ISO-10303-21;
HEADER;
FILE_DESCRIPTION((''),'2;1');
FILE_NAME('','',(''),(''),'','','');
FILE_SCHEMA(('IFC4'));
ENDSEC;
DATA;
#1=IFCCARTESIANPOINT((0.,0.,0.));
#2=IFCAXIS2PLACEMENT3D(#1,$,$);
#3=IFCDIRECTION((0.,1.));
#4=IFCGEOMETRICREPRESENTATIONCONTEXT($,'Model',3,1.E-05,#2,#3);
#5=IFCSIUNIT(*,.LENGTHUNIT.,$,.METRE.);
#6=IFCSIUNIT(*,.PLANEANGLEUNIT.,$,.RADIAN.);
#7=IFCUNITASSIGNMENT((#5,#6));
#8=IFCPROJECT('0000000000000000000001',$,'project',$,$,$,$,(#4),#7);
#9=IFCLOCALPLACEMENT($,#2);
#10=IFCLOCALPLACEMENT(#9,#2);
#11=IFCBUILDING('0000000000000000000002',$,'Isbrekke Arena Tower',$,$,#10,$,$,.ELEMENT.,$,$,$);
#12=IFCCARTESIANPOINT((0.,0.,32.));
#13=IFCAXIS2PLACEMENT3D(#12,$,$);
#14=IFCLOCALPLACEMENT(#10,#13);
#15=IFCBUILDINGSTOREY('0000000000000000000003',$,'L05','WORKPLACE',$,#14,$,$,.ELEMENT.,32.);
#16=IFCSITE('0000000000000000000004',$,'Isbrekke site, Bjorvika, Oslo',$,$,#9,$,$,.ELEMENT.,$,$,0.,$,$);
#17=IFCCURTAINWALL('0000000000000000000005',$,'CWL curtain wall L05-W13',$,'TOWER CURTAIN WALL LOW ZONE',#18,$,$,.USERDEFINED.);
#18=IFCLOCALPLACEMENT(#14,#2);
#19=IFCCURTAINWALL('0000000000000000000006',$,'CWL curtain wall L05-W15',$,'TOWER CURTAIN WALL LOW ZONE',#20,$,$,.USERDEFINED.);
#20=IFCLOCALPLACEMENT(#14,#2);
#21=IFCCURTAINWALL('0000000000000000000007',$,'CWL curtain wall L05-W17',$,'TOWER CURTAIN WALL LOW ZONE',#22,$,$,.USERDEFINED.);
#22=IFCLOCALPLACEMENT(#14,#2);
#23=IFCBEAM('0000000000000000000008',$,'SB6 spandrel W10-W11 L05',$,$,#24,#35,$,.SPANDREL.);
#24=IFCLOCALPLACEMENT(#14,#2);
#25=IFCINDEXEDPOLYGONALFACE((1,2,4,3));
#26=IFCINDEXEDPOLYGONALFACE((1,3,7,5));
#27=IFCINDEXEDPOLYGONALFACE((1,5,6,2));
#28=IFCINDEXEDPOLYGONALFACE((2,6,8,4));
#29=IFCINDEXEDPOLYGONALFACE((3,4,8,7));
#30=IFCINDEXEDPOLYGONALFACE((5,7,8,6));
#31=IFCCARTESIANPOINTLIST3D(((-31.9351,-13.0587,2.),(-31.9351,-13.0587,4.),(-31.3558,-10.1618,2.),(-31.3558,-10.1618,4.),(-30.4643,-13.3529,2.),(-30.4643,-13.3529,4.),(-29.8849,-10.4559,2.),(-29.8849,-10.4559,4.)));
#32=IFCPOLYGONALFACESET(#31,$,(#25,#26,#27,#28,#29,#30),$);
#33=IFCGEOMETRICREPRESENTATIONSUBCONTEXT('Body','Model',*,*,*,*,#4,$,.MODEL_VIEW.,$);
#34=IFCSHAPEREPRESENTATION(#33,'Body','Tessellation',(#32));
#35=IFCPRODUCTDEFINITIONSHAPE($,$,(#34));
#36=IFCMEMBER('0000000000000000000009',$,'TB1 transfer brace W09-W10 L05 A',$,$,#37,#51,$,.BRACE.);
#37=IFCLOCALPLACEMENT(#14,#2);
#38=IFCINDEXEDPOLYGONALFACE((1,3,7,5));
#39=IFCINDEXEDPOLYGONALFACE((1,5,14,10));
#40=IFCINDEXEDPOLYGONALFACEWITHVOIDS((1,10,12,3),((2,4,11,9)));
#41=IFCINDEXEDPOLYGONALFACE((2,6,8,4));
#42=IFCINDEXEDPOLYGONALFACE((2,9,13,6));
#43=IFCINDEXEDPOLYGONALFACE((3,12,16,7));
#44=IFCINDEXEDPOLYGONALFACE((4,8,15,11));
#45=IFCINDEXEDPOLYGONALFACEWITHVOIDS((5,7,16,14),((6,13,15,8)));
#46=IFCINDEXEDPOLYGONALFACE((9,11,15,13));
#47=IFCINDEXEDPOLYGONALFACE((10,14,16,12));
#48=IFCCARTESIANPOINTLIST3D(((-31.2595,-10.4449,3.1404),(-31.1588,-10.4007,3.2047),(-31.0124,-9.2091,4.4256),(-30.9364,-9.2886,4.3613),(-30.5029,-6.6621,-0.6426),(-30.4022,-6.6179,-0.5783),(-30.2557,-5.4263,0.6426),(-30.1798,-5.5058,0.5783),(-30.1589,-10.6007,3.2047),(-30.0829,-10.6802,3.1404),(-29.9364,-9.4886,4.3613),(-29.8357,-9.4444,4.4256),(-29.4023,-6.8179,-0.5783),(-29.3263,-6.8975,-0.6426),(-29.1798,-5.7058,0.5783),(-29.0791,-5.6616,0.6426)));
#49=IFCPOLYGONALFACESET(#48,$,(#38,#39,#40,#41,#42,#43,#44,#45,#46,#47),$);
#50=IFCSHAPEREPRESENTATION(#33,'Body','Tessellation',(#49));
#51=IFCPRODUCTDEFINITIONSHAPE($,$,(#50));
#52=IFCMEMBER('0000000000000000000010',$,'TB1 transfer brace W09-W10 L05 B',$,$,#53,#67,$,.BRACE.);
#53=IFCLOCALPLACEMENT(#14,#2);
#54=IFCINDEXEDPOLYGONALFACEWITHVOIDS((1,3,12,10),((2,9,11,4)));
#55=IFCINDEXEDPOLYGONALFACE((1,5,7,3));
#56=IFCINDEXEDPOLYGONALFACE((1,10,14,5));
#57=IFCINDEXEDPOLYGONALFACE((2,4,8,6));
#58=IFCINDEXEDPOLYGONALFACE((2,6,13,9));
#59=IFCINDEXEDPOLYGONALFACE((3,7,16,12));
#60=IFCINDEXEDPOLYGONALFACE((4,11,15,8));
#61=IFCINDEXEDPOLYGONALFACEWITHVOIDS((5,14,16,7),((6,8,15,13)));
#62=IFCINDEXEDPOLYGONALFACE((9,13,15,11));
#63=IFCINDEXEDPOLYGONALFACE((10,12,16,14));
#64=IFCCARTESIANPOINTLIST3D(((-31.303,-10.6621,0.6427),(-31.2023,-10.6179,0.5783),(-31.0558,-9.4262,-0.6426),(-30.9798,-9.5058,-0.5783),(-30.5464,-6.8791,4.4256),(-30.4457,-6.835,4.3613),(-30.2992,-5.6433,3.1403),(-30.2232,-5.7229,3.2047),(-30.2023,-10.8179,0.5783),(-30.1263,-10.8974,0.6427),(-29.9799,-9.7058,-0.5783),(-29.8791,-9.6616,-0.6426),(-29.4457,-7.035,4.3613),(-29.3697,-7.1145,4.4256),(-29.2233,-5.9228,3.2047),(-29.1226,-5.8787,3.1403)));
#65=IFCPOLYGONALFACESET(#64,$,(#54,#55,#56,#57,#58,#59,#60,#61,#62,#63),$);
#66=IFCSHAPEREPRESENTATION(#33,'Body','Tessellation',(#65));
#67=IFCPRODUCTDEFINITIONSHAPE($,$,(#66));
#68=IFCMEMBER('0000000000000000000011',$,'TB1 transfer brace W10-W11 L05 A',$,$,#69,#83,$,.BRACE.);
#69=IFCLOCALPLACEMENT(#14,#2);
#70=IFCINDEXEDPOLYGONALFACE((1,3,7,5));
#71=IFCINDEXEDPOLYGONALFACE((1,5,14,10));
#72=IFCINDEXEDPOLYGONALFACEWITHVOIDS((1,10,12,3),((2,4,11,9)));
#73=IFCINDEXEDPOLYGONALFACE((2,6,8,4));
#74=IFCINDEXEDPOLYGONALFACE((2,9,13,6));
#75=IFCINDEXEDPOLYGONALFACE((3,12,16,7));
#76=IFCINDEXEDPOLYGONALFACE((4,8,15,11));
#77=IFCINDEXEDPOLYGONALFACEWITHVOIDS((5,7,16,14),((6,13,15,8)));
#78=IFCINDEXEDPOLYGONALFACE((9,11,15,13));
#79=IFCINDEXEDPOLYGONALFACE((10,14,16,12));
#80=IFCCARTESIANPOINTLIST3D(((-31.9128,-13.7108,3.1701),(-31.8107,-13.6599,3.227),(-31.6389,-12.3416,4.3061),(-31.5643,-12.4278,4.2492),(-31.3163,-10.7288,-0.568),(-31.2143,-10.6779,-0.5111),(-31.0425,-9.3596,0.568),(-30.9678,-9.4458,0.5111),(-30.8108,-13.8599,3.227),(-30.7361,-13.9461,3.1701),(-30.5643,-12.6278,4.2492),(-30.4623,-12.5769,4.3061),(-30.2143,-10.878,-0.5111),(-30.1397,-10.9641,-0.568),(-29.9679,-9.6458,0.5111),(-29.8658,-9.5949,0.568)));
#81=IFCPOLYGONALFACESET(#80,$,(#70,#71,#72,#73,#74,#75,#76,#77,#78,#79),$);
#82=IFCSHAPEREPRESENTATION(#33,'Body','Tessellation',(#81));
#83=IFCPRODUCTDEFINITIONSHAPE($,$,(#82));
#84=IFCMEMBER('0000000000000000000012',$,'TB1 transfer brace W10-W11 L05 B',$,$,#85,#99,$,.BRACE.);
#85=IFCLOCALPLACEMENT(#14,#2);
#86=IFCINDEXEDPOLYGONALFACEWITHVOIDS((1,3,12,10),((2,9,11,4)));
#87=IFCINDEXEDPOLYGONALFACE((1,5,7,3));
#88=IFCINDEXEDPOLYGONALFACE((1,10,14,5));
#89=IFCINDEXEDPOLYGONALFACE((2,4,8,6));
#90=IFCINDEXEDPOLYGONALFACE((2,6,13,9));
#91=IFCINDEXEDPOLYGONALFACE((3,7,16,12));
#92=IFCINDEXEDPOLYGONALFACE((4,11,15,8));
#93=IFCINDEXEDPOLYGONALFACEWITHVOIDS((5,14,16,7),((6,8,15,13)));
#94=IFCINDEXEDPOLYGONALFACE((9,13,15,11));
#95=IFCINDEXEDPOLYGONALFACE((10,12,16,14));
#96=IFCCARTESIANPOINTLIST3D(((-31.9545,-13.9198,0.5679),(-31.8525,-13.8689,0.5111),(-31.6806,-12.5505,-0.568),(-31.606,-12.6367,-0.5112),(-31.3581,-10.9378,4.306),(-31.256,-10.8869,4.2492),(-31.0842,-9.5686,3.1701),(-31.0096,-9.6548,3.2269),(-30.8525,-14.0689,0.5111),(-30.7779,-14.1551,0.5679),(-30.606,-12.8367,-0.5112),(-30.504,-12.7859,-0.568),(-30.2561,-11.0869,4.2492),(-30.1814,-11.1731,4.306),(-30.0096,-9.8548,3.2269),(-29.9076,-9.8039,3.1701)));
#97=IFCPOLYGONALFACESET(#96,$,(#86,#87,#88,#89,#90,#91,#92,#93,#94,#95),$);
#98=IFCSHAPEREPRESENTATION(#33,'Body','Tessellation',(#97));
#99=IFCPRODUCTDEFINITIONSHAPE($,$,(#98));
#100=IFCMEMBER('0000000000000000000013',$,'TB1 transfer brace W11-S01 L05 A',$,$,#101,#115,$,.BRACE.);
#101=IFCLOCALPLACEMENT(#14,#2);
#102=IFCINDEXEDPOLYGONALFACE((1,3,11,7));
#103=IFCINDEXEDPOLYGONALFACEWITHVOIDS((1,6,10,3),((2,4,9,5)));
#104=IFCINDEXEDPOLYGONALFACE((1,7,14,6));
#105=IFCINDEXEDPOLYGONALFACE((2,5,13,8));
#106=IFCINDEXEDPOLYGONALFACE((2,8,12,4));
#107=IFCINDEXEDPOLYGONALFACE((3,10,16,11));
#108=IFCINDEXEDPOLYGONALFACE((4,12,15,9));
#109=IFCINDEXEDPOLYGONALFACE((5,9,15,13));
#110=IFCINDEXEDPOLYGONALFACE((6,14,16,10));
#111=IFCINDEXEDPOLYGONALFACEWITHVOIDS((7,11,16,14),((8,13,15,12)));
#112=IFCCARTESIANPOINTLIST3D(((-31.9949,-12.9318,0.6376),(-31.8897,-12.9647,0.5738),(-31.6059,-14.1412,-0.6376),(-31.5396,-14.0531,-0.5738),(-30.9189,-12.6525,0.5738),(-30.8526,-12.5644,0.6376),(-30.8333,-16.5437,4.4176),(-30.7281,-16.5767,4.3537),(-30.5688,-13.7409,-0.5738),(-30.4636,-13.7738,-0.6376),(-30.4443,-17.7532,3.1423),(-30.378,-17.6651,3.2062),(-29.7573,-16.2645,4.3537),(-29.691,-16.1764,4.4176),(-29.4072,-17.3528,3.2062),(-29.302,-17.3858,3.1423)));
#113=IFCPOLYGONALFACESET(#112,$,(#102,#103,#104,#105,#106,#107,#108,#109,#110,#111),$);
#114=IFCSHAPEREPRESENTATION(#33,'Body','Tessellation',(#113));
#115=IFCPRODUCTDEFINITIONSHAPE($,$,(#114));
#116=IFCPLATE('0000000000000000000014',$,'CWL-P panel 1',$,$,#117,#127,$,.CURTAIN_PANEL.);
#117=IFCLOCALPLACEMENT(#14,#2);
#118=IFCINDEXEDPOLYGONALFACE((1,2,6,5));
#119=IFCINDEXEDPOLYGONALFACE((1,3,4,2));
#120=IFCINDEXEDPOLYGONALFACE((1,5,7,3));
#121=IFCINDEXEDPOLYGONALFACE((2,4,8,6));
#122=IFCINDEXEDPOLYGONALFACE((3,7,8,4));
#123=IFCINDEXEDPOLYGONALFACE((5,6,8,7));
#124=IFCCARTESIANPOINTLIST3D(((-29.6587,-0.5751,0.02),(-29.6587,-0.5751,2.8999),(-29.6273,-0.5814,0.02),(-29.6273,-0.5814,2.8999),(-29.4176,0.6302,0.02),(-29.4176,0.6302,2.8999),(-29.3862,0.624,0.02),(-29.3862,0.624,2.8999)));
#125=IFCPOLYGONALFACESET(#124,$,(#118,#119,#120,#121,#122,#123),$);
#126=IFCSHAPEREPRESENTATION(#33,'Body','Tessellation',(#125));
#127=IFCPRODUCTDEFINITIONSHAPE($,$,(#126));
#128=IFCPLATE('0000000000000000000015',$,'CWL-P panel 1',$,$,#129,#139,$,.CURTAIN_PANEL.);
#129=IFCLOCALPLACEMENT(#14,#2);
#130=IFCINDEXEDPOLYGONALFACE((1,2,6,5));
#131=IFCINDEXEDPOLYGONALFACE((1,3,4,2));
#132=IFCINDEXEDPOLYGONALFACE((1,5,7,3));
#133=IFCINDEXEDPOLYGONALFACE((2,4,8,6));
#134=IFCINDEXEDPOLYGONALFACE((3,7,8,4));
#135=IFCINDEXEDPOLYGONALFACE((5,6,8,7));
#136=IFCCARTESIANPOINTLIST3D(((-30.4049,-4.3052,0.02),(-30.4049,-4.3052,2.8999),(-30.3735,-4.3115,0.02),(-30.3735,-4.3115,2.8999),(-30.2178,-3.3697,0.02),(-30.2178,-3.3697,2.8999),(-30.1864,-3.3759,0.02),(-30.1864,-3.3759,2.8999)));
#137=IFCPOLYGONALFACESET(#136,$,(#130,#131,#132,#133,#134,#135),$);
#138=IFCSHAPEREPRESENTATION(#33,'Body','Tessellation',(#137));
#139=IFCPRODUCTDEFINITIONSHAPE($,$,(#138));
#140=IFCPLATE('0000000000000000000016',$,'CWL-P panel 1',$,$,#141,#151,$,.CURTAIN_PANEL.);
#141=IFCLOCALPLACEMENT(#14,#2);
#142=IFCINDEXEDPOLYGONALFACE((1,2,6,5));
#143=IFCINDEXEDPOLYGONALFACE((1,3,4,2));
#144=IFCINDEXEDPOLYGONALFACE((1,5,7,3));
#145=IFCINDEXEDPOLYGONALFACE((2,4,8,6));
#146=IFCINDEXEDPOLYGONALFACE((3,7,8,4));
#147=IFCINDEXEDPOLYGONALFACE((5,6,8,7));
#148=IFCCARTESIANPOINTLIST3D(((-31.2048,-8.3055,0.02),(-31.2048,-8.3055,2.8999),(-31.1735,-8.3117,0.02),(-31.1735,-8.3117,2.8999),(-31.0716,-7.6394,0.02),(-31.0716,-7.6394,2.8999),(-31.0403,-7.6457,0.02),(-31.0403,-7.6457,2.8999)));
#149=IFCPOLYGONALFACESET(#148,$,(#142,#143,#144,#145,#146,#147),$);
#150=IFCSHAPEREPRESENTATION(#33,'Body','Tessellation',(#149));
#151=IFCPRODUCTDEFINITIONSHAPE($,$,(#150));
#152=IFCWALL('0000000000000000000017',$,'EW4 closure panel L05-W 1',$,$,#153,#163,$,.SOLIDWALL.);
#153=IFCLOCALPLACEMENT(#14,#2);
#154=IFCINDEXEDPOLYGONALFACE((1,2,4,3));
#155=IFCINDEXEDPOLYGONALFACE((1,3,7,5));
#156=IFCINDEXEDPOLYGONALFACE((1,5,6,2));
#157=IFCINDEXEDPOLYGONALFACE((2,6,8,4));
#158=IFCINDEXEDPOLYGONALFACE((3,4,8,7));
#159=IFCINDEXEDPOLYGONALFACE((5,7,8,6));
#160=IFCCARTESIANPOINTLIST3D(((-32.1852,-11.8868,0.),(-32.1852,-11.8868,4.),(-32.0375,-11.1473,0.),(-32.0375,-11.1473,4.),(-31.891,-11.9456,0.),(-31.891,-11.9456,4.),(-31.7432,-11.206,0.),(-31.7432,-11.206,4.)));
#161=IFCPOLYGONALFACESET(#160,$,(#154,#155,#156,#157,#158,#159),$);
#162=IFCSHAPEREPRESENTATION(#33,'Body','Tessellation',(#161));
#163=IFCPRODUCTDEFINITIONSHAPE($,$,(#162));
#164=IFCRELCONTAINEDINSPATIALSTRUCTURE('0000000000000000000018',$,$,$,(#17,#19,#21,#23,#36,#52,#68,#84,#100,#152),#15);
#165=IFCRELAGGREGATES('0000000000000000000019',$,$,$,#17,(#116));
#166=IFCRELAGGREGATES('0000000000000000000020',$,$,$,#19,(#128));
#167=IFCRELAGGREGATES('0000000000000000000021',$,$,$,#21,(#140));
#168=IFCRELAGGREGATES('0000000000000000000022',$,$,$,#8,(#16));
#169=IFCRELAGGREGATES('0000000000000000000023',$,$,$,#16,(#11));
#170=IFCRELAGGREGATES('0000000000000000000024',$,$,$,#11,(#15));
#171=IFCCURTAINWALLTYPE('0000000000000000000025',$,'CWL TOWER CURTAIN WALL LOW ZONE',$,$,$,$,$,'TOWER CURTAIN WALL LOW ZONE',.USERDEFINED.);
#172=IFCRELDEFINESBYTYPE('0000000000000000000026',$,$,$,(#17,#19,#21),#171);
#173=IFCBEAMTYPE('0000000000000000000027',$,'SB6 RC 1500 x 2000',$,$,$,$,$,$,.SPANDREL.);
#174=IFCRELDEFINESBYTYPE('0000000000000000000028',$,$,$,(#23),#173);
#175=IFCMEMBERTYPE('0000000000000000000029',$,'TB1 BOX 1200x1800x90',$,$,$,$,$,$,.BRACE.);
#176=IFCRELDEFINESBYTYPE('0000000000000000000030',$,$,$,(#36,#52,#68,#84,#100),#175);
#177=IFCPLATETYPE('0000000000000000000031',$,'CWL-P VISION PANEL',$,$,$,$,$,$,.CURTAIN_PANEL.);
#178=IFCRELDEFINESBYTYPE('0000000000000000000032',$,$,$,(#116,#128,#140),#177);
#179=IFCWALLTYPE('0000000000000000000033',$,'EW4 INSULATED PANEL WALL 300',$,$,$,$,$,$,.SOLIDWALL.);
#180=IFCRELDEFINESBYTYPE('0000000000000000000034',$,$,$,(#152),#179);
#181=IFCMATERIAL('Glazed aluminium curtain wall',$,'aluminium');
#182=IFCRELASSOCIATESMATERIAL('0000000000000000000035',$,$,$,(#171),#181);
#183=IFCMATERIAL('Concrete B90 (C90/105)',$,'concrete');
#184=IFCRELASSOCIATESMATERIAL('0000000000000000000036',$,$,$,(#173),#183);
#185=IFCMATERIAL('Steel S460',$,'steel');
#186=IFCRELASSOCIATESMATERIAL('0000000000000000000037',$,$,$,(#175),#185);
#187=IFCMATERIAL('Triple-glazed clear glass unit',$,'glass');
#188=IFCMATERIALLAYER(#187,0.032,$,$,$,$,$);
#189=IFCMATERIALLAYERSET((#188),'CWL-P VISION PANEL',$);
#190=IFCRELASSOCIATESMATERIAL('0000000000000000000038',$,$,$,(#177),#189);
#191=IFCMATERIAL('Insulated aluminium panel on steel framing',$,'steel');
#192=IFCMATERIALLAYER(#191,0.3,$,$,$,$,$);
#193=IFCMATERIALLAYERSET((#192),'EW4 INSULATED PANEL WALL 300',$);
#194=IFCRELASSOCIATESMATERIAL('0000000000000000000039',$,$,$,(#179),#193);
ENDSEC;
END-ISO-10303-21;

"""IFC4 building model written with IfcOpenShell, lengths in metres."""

from ifc_helpers import new_model, si_unit, direction, frame, frame_2d, origin, origin_2d, place, context, subcontext, project, spatial, rectangle, hollow_rectangle, extrude, material, layer, layer_set, material_profile, profile_set, type_object, element, aggregate, save


model = new_model("IFC4")

# Units and contexts
model_context = context("Model", 3, precision=1e-05, world=origin(), true_north=direction((0.0, 1.0)))
body_context = subcontext(model_context, "Body", "Model", "MODEL_VIEW")
ifc_project = project(units=[si_unit("LENGTHUNIT", "METRE"), si_unit("PLANEANGLEUNIT", "RADIAN")], contexts=[model_context])

# Site, building, storey
site_placement = place(None, origin())
site = spatial("IfcSite", under=ifc_project, at=site_placement, Name="Isbrekke site, Bjorvika, Oslo", CompositionType="ELEMENT", RefElevation=0.0)
building_placement = place(site_placement, origin())
building = spatial("IfcBuilding", under=site, at=building_placement, Name="Isbrekke Arena Tower", CompositionType="ELEMENT")
storey_placement = place(building_placement, frame((0.0, 0.0, 32.0)))
storey = spatial("IfcBuildingStorey", under=building, at=storey_placement, Name="L05", Description="WORKPLACE", CompositionType="ELEMENT", Elevation=32.0)

# Curtain wall
ifc_material_1 = material(Name="Glazed aluminium curtain wall", Category="aluminium")
curtain_wall_type = type_object("IfcCurtainWallType", Name="CWL TOWER CURTAIN WALL LOW ZONE", ElementType="TOWER CURTAIN WALL LOW ZONE", PredefinedType="USERDEFINED", material=ifc_material_1)
curtain_wall_1_placement = place(storey_placement, origin())
curtain_wall_1 = element("IfcCurtainWall", 1, at=curtain_wall_1_placement, inside=storey, type_object=curtain_wall_type, Name="CWL curtain wall L05-W13", ObjectType="TOWER CURTAIN WALL LOW ZONE", PredefinedType="USERDEFINED")

# Curtain walls
curtain_wall_2_placement = place(storey_placement, origin())
curtain_wall_2 = element("IfcCurtainWall", 2, at=curtain_wall_2_placement, inside=storey, type_object=curtain_wall_type, Name="CWL curtain wall L05-W15", ObjectType="TOWER CURTAIN WALL LOW ZONE", PredefinedType="USERDEFINED")
curtain_wall_3_placement = place(storey_placement, origin())
curtain_wall_3 = element("IfcCurtainWall", 3, at=curtain_wall_3_placement, inside=storey, type_object=curtain_wall_type, Name="CWL curtain wall L05-W17", ObjectType="TOWER CURTAIN WALL LOW ZONE", PredefinedType="USERDEFINED")

# Beam
ifc_material_2 = material(Name="Concrete B90 (C90/105)", Category="concrete")
ifc_material_profile_1 = material_profile(ifc_material_2, rectangle(XDim=1.5, YDim=2.0, at=origin_2d()), Name="RC 1500x2000")
ifc_profile_set_1 = profile_set([ifc_material_profile_1], Name="Concrete B90 (C90/105)")
beam_type_1 = type_object("IfcBeamType", Name="SB6 RC 1500 x 2000", PredefinedType="SPANDREL", material=ifc_profile_set_1)
beam_1_placement = place(storey_placement, frame((-30.6204, -10.3088, 3.0), z_axis=(-0.1961, -0.980584, 0.0), x_axis=(0.980584, -0.1961, 0.0)))
element("IfcBeam", 4, at=beam_1_placement, inside=storey, type_object=beam_type_1, Name="SB6 spandrel W10-W11 L05", PredefinedType="SPANDREL", context=body_context, shape_type="SweptSolid", body=[
    extrude(rectangle(XDim=1.5, YDim=2.0, at=origin_2d()), origin(), (0.0, 0.0, 1.0), 2.9543),
])

# Members
ifc_material_3 = material(Name="Steel S460", Category="steel")
ifc_material_profile_2 = material_profile(ifc_material_3, hollow_rectangle(XDim=1.2, YDim=1.8, WallThickness=0.0901, at=origin_2d()), Name="BOX 1200x1800x90")
ifc_profile_set_2 = profile_set([ifc_material_profile_2], Name="Steel S460")
member_type_1 = type_object("IfcMemberType", Name="TB1 BOX 1200x1800x90", PredefinedType="BRACE", material=ifc_profile_set_2)
for number, where, z_axis, x_axis, name in (
    (5, (-29.791, -6.1619, 0.0), (-0.140032, -0.700117, 0.700162), (0.980578, -0.196128, 0.0), "TB1 transfer brace W09-W10 L05 A"),
    (6, (-29.8345, -6.3789, 3.783), (-0.140028, -0.70014, -0.70014), (0.980581, -0.196116, 0.0), "TB1 transfer brace W09-W10 L05 B"),
):
    element("IfcMember", number, at=place(storey_placement, frame(where, z_axis=z_axis, x_axis=x_axis)), inside=storey, type_object=member_type_1, Name=name, PredefinedType="BRACE", context=body_context, shape_type="SweptSolid", body=[
        extrude(hollow_rectangle(XDim=1.2, YDim=1.8, WallThickness=0.0901, at=origin_2d()), origin(), (0.0, 0.0, 1.0), 5.4031),
    ])
for number, where, z_axis, x_axis, name in (
    (7, (-30.5911, -10.1619, 0.0), (-0.123773, -0.618816, 0.775724), (0.980578, -0.196132, 0.0), "TB1 transfer brace W10-W11 L05 A"),
    (8, (-30.6328, -10.3708, 3.738), (-0.123773, -0.618816, -0.775724), (0.980578, -0.196132, 0.0), "TB1 transfer brace W10-W11 L05 B"),
):
    element("IfcMember", number, at=place(storey_placement, frame(where, z_axis=z_axis, x_axis=x_axis)), inside=storey, type_object=member_type_1, Name=name, PredefinedType="BRACE", context=body_context, shape_type="SweptSolid", body=[
        extrude(hollow_rectangle(XDim=1.2, YDim=1.8, WallThickness=0.0901, at=origin_2d()), origin(), (0.0, 0.0, 1.0), 4.8188),
    ])
member_1_placement = place(storey_placement, frame((-31.2292, -13.3528, 0.0), z_axis=(0.216889, -0.674416, 0.705778), x_axis=(0.951982, 0.306153, 0.0)))
element("IfcMember", 9, at=member_1_placement, inside=storey, type_object=member_type_1, Name="TB1 transfer brace W11-S01 L05 A", PredefinedType="BRACE", context=body_context, shape_type="SweptSolid", body=[
    extrude(hollow_rectangle(XDim=1.2, YDim=1.8, WallThickness=0.0901, at=origin_2d()), origin(), (0.0, 0.0, 1.0), 5.3557),
])

# Plates
ifc_material_4 = material(Name="Triple-glazed clear glass unit", Category="glass")
ifc_layer_1 = layer(ifc_material_4, 0.032)
ifc_layer_set_1 = layer_set([ifc_layer_1], Name="CWL-P VISION PANEL")
plate_type = type_object("IfcPlateType", Name="CWL-P VISION PANEL", PredefinedType="CURTAIN_PANEL", material=ifc_layer_set_1)
plate_1_placement = place(storey_placement, frame((-29.5225, 0.0244, 0.02), z_axis=(0.0, 0.0, 1.0), x_axis=(-0.196116, -0.980581, 0.0)))
plate_1 = element("IfcPlate", 10, at=plate_1_placement, type_object=plate_type, Name="CWL-P panel 1", PredefinedType="CURTAIN_PANEL", context=body_context, shape_type="SweptSolid", body=[
    extrude(rectangle(XDim=1.2292, YDim=0.032, at=origin_2d()), origin(), (0.0, 0.0, 1.0), 2.8799),
])
aggregate(curtain_wall_1, [plate_1])
plate_2_placement = place(storey_placement, frame((-30.2957, -3.8406, 0.02), z_axis=(0.0, 0.0, 1.0), x_axis=(-0.196116, -0.980581, 0.0)))
plate_2 = element("IfcPlate", 11, at=plate_2_placement, type_object=plate_type, Name="CWL-P panel 1", PredefinedType="CURTAIN_PANEL", context=body_context, shape_type="SweptSolid", body=[
    extrude(rectangle(XDim=0.9541, YDim=0.032, at=origin_2d()), origin(), (0.0, 0.0, 1.0), 2.8799),
])
aggregate(curtain_wall_2, [plate_2])
plate_3_placement = place(storey_placement, frame((-31.1226, -7.9756, 0.02), z_axis=(0.0, 0.0, 1.0), x_axis=(-0.196116, -0.980581, 0.0)))
plate_3 = element("IfcPlate", 12, at=plate_3_placement, type_object=plate_type, Name="CWL-P panel 1", PredefinedType="CURTAIN_PANEL", context=body_context, shape_type="SweptSolid", body=[
    extrude(rectangle(XDim=0.6792, YDim=0.032, at=origin_2d()), origin(), (0.0, 0.0, 1.0), 2.8799),
])
aggregate(curtain_wall_3, [plate_3])

# Wall
ifc_material_5 = material(Name="Insulated aluminium panel on steel framing", Category="steel")
ifc_layer_2 = layer(ifc_material_5, 0.3)
ifc_layer_set_2 = layer_set([ifc_layer_2], Name="EW4 INSULATED PANEL WALL 300")
wall_type = type_object("IfcWallType", Name="EW4 INSULATED PANEL WALL 300", PredefinedType="SOLIDWALL", material=ifc_layer_set_2)
wall_placement = place(storey_placement, frame((-31.8904, -11.1768, 0.0), z_axis=(0.0, 0.0, 1.0), x_axis=(-0.195867, -0.98063, 0.0)))
element("IfcWall", 13, at=wall_placement, inside=storey, type_object=wall_type, Name="EW4 closure panel L05-W 1", PredefinedType="SOLIDWALL", context=body_context, shape_type="SweptSolid", body=[
    extrude(rectangle(XDim=0.7542, YDim=0.3, at=frame_2d((0.377, 0.0))), origin(), (0.0, 0.0, 1.0), 4.0),
])

save(model, "model.ifc")
